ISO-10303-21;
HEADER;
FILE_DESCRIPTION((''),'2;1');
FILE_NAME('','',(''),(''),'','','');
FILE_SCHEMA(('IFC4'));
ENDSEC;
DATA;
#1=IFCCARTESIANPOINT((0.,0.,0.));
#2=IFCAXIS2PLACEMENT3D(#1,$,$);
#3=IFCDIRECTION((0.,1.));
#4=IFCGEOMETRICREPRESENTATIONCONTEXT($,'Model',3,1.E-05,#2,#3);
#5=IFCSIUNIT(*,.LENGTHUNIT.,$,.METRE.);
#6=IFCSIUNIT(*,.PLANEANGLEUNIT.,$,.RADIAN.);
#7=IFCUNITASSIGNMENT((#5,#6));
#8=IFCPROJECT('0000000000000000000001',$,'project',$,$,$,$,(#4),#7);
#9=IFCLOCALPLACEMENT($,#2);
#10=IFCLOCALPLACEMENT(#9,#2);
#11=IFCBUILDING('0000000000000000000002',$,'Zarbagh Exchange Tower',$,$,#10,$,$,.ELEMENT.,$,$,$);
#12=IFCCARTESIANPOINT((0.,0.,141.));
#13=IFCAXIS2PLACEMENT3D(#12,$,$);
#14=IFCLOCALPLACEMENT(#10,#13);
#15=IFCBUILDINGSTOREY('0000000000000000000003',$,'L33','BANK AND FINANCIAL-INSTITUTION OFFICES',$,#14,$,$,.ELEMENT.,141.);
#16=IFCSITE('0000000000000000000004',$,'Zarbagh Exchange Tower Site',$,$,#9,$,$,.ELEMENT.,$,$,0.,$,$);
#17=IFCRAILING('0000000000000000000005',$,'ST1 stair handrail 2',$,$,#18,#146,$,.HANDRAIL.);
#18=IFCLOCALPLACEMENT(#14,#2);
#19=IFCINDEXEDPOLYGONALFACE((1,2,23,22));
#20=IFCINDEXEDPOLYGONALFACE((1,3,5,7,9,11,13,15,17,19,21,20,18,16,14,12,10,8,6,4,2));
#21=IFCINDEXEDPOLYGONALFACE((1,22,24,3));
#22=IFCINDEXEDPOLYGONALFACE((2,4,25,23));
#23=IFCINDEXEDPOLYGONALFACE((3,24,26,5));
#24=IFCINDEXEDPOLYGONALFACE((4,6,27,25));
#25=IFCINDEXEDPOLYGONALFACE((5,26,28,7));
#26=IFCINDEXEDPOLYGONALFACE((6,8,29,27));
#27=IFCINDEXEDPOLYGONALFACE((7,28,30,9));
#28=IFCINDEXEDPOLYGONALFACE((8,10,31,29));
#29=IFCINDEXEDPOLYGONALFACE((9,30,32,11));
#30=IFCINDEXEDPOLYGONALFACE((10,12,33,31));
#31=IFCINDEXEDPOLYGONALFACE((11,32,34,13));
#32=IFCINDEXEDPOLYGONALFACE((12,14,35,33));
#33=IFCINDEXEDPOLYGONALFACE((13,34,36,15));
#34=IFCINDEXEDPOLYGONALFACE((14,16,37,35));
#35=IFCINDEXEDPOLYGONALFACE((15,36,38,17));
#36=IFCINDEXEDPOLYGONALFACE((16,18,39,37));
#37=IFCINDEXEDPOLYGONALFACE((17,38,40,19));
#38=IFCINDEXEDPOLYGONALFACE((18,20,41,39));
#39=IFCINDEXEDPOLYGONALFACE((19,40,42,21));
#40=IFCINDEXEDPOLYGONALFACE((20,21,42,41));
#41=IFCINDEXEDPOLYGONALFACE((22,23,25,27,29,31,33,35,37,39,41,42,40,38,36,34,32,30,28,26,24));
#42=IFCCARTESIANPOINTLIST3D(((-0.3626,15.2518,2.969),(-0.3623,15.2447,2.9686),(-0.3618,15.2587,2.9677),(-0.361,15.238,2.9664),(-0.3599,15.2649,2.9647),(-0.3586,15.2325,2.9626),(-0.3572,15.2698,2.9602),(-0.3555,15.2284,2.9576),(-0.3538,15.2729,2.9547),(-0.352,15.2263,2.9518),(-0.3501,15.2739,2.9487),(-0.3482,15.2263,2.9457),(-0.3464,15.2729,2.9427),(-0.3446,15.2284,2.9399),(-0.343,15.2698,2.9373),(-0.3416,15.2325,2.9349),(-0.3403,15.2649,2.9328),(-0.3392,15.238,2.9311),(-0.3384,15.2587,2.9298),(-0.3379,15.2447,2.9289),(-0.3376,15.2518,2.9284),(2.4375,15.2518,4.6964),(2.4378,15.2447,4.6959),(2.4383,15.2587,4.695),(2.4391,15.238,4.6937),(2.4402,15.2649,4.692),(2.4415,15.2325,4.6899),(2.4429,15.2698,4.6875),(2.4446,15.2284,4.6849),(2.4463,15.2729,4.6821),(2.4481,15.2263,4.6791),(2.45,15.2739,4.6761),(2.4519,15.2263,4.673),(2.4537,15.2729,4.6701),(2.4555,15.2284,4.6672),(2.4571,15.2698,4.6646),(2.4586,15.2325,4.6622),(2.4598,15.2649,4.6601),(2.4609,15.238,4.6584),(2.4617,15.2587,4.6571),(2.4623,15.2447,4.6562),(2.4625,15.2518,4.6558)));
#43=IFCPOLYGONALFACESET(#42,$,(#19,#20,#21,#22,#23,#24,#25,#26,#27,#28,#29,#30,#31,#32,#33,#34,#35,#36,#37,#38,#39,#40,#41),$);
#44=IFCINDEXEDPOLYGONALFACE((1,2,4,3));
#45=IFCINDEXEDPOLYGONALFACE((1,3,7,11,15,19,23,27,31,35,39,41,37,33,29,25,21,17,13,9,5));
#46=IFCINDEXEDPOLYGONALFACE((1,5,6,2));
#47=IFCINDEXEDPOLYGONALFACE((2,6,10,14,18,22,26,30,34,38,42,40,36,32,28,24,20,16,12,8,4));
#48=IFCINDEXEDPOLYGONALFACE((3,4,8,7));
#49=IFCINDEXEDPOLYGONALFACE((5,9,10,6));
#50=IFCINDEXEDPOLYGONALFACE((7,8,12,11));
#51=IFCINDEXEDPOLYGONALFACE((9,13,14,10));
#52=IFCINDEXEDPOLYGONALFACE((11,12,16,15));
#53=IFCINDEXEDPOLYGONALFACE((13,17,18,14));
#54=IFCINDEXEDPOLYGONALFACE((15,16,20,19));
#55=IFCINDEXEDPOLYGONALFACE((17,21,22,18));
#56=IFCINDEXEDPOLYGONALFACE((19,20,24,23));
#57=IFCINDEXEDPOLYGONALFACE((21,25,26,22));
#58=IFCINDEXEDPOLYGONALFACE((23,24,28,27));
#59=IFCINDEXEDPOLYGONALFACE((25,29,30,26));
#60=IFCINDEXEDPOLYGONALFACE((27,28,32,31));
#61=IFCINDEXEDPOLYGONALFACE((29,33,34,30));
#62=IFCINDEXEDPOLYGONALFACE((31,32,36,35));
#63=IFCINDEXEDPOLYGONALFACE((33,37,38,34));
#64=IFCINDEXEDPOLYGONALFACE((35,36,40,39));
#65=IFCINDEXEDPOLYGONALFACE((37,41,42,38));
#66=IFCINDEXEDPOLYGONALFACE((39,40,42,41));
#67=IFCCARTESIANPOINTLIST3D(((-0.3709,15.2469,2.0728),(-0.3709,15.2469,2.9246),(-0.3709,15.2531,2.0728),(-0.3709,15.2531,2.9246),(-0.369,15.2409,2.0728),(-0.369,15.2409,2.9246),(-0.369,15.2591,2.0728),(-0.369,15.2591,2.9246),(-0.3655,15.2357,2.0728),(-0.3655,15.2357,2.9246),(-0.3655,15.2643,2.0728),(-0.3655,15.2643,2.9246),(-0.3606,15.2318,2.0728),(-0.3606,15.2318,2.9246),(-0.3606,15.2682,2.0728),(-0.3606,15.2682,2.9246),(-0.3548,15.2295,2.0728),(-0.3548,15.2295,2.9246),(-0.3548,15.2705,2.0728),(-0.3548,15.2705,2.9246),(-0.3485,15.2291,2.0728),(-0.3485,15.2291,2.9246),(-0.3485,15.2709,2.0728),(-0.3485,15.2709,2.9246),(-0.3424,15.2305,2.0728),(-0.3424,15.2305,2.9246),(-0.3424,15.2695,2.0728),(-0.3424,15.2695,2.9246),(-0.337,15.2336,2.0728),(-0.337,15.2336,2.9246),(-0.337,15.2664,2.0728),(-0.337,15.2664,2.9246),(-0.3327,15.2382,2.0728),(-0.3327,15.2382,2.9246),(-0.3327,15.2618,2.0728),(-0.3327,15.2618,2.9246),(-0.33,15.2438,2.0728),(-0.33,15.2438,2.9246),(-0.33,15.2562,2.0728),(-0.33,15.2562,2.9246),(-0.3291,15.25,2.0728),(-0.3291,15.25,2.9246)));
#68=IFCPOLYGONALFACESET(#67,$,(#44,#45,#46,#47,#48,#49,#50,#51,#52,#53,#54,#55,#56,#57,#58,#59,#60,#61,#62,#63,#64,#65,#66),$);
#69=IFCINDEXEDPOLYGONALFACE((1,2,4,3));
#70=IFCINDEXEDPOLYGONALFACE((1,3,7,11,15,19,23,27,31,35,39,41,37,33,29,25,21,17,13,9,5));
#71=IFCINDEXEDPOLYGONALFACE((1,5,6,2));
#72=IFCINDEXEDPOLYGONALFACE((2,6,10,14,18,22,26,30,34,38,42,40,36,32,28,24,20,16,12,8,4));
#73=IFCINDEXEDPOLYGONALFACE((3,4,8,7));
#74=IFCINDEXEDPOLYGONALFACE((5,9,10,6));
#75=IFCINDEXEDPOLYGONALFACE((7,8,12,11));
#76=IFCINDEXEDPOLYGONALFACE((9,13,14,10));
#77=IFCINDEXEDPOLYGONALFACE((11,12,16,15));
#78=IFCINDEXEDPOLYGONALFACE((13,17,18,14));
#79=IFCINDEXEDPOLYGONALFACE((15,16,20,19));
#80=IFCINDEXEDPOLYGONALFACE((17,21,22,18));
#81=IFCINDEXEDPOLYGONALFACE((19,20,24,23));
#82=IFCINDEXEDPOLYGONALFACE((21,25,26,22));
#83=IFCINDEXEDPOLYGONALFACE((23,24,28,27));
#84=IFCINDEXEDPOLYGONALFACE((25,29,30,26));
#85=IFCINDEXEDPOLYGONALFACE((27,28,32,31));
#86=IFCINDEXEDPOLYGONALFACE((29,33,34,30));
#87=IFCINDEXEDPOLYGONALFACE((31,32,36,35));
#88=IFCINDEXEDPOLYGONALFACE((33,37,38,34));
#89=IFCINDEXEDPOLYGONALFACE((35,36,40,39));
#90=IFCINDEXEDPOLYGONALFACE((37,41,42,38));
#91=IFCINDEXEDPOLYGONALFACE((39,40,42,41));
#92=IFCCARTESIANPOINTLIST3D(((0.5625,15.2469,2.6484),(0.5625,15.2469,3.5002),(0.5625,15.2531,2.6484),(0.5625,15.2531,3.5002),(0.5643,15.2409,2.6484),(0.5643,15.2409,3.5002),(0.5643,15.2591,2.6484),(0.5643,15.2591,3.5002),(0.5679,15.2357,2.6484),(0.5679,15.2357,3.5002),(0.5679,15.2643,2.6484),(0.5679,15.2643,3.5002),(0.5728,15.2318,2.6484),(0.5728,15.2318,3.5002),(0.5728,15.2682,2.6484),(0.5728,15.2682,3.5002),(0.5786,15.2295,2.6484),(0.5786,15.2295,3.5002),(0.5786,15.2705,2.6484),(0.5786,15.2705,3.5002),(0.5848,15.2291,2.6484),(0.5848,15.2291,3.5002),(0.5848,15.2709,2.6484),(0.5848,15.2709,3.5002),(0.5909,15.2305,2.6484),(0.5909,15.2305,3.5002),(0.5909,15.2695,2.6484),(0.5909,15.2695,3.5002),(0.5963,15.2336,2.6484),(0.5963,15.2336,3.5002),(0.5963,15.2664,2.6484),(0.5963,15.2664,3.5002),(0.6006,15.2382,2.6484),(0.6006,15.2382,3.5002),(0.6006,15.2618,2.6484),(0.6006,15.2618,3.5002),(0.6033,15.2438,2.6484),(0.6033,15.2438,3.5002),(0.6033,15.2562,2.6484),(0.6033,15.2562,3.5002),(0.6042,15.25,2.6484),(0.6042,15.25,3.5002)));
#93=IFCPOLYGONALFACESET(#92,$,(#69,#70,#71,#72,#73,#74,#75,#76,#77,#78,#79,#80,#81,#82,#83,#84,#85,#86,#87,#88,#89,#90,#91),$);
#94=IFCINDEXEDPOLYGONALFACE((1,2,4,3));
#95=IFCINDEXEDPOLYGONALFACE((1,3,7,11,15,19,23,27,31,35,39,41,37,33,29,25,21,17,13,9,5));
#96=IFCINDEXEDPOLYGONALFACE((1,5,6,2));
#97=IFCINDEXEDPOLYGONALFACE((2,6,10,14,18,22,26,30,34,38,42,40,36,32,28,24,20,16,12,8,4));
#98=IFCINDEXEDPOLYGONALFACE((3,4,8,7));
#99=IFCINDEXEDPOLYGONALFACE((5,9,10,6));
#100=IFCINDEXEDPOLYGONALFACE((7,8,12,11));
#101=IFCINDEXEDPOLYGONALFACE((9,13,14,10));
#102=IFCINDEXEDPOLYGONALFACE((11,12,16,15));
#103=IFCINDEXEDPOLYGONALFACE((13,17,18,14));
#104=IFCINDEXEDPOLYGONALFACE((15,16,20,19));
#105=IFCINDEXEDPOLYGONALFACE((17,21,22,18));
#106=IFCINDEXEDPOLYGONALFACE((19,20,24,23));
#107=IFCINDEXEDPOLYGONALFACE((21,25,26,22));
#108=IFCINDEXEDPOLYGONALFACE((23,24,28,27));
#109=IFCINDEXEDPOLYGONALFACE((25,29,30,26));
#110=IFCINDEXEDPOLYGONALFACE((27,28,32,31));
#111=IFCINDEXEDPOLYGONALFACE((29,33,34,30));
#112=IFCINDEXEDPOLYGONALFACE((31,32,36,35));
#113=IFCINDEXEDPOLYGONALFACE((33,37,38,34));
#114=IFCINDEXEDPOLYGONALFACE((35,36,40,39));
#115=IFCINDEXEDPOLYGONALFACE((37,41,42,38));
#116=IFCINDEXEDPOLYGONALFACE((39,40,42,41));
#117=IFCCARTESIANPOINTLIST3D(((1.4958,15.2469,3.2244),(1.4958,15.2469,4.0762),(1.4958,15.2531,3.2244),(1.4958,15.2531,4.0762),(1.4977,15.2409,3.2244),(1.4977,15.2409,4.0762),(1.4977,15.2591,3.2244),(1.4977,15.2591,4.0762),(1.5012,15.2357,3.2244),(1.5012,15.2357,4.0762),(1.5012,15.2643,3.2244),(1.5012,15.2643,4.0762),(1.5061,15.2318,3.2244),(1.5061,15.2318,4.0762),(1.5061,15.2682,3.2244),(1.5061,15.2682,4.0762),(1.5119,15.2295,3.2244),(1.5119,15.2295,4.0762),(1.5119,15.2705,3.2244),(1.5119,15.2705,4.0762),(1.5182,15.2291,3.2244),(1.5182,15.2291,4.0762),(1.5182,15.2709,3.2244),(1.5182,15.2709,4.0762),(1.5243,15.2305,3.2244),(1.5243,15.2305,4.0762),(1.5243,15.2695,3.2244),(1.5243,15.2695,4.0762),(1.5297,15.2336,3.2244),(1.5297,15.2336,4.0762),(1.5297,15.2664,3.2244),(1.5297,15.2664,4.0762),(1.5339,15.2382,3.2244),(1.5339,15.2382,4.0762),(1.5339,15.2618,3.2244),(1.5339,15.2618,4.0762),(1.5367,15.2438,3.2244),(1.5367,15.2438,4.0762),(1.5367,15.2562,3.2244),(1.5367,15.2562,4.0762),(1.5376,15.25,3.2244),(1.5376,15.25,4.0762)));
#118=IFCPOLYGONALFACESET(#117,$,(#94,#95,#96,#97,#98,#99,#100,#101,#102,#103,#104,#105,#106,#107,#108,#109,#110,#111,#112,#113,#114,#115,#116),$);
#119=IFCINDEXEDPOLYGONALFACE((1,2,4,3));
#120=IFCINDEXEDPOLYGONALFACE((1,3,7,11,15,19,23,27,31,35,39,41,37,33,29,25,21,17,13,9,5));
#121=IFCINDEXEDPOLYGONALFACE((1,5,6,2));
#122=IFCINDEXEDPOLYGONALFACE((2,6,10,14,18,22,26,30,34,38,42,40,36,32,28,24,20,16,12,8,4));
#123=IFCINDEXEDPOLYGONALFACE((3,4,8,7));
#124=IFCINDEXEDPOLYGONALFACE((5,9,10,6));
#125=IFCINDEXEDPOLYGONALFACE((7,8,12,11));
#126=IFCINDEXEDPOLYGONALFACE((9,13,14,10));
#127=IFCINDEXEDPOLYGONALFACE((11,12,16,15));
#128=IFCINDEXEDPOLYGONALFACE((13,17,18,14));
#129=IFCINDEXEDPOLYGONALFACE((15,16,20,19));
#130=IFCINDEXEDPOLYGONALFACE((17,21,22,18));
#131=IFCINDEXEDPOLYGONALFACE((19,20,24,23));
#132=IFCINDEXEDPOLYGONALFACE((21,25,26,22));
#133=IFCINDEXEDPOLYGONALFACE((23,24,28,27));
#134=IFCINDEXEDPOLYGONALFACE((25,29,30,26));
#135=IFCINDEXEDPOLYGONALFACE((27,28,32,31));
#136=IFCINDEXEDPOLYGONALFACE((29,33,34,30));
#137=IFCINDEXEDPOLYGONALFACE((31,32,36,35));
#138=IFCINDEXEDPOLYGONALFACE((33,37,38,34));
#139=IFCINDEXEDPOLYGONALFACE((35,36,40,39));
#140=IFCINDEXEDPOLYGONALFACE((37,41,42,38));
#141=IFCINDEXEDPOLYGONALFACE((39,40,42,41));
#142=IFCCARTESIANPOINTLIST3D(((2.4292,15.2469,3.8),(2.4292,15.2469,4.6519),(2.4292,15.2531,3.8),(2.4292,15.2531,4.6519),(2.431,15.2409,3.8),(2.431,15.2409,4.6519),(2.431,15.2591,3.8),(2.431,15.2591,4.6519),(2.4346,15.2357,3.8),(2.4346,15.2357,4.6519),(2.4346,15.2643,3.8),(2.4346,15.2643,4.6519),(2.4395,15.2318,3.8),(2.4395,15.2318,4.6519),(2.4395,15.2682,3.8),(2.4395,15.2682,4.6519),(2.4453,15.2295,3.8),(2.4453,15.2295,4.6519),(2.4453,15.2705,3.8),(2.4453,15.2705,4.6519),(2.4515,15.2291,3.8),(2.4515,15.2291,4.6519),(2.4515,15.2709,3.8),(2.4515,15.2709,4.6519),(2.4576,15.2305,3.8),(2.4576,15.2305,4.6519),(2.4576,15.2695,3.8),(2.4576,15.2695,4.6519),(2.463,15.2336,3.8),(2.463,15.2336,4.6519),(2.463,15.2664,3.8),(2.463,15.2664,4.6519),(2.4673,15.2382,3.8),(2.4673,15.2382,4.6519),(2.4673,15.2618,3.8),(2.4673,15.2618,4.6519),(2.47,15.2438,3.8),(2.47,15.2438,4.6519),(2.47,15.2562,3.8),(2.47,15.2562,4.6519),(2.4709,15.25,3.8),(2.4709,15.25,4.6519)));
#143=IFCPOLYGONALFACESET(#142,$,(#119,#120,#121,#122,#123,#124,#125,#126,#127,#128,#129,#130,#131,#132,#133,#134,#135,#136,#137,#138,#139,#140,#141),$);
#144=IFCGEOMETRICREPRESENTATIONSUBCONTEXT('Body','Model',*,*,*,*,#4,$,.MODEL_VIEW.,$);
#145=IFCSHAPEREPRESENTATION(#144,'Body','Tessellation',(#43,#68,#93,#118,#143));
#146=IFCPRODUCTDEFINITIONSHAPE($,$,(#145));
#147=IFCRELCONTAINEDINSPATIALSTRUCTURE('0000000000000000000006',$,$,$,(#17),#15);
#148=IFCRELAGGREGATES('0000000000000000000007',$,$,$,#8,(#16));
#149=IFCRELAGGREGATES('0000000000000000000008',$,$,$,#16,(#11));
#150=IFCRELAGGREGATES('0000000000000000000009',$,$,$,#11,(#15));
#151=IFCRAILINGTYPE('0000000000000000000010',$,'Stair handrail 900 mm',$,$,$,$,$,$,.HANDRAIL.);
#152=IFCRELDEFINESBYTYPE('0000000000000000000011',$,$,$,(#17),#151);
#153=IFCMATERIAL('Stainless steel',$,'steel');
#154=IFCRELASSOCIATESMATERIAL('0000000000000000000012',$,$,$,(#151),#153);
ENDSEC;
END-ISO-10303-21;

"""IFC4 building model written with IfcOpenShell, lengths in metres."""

from ifc_helpers import new_model, si_unit, direction, frame, origin, origin_2d, place, context, subcontext, project, spatial, circle, extrude, material, type_object, element, save


model = new_model("IFC4")

# Units and contexts
model_context = context("Model", 3, precision=1e-05, world=origin(), true_north=direction((0.0, 1.0)))
body_context = subcontext(model_context, "Body", "Model", "MODEL_VIEW")
ifc_project = project(units=[si_unit("LENGTHUNIT", "METRE"), si_unit("PLANEANGLEUNIT", "RADIAN")], contexts=[model_context])

# Site, building, storey
site_placement = place(None, origin())
site = spatial("IfcSite", under=ifc_project, at=site_placement, Name="Zarbagh Exchange Tower Site", CompositionType="ELEMENT", RefElevation=0.0)
building_placement = place(site_placement, origin())
building = spatial("IfcBuilding", under=site, at=building_placement, Name="Zarbagh Exchange Tower", CompositionType="ELEMENT")
storey_placement = place(building_placement, frame((0.0, 0.0, 141.0)))
storey = spatial("IfcBuildingStorey", under=building, at=storey_placement, Name="L33", Description="BANK AND FINANCIAL-INSTITUTION OFFICES", CompositionType="ELEMENT", Elevation=141.0)

# Railing
ifc_material_1 = material(Name="Stainless steel", Category="steel")
railing_type_1 = type_object("IfcRailingType", Name="Stair handrail 900 mm", PredefinedType="HANDRAIL", material=ifc_material_1)
railing_1_placement = place(storey_placement, frame((-0.3501, 15.25, 2.0728)))
element("IfcRailing", 1, at=railing_1_placement, inside=storey, type_object=railing_type_1, Name="ST1 stair handrail 2", PredefinedType="HANDRAIL", context=body_context, shape_type="SweptSolid", body=[
    extrude(circle(Radius=0.0239, at=origin_2d()), frame((0.0, 0.0, 0.876), z_axis=(0.85109, 0.0, 0.52502), x_axis=(0.0, 1.0, 0.0)), (0.0, 0.0, 1.0), 3.29),
    extrude(circle(Radius=0.021, at=origin_2d()), origin(), (0.0, 0.0, 1.0), 0.8518),
    extrude(circle(Radius=0.021, at=origin_2d()), frame((0.9333, 0.0, 0.5757)), (0.0, 0.0, 1.0), 0.8518),
    extrude(circle(Radius=0.021, at=origin_2d()), frame((1.8667, 0.0, 1.1516)), (0.0, 0.0, 1.0), 0.8518),
    extrude(circle(Radius=0.021, at=origin_2d()), frame((2.8, 0.0, 1.7273)), (0.0, 0.0, 1.0), 0.8518),
])

save(model, "model.ifc")
